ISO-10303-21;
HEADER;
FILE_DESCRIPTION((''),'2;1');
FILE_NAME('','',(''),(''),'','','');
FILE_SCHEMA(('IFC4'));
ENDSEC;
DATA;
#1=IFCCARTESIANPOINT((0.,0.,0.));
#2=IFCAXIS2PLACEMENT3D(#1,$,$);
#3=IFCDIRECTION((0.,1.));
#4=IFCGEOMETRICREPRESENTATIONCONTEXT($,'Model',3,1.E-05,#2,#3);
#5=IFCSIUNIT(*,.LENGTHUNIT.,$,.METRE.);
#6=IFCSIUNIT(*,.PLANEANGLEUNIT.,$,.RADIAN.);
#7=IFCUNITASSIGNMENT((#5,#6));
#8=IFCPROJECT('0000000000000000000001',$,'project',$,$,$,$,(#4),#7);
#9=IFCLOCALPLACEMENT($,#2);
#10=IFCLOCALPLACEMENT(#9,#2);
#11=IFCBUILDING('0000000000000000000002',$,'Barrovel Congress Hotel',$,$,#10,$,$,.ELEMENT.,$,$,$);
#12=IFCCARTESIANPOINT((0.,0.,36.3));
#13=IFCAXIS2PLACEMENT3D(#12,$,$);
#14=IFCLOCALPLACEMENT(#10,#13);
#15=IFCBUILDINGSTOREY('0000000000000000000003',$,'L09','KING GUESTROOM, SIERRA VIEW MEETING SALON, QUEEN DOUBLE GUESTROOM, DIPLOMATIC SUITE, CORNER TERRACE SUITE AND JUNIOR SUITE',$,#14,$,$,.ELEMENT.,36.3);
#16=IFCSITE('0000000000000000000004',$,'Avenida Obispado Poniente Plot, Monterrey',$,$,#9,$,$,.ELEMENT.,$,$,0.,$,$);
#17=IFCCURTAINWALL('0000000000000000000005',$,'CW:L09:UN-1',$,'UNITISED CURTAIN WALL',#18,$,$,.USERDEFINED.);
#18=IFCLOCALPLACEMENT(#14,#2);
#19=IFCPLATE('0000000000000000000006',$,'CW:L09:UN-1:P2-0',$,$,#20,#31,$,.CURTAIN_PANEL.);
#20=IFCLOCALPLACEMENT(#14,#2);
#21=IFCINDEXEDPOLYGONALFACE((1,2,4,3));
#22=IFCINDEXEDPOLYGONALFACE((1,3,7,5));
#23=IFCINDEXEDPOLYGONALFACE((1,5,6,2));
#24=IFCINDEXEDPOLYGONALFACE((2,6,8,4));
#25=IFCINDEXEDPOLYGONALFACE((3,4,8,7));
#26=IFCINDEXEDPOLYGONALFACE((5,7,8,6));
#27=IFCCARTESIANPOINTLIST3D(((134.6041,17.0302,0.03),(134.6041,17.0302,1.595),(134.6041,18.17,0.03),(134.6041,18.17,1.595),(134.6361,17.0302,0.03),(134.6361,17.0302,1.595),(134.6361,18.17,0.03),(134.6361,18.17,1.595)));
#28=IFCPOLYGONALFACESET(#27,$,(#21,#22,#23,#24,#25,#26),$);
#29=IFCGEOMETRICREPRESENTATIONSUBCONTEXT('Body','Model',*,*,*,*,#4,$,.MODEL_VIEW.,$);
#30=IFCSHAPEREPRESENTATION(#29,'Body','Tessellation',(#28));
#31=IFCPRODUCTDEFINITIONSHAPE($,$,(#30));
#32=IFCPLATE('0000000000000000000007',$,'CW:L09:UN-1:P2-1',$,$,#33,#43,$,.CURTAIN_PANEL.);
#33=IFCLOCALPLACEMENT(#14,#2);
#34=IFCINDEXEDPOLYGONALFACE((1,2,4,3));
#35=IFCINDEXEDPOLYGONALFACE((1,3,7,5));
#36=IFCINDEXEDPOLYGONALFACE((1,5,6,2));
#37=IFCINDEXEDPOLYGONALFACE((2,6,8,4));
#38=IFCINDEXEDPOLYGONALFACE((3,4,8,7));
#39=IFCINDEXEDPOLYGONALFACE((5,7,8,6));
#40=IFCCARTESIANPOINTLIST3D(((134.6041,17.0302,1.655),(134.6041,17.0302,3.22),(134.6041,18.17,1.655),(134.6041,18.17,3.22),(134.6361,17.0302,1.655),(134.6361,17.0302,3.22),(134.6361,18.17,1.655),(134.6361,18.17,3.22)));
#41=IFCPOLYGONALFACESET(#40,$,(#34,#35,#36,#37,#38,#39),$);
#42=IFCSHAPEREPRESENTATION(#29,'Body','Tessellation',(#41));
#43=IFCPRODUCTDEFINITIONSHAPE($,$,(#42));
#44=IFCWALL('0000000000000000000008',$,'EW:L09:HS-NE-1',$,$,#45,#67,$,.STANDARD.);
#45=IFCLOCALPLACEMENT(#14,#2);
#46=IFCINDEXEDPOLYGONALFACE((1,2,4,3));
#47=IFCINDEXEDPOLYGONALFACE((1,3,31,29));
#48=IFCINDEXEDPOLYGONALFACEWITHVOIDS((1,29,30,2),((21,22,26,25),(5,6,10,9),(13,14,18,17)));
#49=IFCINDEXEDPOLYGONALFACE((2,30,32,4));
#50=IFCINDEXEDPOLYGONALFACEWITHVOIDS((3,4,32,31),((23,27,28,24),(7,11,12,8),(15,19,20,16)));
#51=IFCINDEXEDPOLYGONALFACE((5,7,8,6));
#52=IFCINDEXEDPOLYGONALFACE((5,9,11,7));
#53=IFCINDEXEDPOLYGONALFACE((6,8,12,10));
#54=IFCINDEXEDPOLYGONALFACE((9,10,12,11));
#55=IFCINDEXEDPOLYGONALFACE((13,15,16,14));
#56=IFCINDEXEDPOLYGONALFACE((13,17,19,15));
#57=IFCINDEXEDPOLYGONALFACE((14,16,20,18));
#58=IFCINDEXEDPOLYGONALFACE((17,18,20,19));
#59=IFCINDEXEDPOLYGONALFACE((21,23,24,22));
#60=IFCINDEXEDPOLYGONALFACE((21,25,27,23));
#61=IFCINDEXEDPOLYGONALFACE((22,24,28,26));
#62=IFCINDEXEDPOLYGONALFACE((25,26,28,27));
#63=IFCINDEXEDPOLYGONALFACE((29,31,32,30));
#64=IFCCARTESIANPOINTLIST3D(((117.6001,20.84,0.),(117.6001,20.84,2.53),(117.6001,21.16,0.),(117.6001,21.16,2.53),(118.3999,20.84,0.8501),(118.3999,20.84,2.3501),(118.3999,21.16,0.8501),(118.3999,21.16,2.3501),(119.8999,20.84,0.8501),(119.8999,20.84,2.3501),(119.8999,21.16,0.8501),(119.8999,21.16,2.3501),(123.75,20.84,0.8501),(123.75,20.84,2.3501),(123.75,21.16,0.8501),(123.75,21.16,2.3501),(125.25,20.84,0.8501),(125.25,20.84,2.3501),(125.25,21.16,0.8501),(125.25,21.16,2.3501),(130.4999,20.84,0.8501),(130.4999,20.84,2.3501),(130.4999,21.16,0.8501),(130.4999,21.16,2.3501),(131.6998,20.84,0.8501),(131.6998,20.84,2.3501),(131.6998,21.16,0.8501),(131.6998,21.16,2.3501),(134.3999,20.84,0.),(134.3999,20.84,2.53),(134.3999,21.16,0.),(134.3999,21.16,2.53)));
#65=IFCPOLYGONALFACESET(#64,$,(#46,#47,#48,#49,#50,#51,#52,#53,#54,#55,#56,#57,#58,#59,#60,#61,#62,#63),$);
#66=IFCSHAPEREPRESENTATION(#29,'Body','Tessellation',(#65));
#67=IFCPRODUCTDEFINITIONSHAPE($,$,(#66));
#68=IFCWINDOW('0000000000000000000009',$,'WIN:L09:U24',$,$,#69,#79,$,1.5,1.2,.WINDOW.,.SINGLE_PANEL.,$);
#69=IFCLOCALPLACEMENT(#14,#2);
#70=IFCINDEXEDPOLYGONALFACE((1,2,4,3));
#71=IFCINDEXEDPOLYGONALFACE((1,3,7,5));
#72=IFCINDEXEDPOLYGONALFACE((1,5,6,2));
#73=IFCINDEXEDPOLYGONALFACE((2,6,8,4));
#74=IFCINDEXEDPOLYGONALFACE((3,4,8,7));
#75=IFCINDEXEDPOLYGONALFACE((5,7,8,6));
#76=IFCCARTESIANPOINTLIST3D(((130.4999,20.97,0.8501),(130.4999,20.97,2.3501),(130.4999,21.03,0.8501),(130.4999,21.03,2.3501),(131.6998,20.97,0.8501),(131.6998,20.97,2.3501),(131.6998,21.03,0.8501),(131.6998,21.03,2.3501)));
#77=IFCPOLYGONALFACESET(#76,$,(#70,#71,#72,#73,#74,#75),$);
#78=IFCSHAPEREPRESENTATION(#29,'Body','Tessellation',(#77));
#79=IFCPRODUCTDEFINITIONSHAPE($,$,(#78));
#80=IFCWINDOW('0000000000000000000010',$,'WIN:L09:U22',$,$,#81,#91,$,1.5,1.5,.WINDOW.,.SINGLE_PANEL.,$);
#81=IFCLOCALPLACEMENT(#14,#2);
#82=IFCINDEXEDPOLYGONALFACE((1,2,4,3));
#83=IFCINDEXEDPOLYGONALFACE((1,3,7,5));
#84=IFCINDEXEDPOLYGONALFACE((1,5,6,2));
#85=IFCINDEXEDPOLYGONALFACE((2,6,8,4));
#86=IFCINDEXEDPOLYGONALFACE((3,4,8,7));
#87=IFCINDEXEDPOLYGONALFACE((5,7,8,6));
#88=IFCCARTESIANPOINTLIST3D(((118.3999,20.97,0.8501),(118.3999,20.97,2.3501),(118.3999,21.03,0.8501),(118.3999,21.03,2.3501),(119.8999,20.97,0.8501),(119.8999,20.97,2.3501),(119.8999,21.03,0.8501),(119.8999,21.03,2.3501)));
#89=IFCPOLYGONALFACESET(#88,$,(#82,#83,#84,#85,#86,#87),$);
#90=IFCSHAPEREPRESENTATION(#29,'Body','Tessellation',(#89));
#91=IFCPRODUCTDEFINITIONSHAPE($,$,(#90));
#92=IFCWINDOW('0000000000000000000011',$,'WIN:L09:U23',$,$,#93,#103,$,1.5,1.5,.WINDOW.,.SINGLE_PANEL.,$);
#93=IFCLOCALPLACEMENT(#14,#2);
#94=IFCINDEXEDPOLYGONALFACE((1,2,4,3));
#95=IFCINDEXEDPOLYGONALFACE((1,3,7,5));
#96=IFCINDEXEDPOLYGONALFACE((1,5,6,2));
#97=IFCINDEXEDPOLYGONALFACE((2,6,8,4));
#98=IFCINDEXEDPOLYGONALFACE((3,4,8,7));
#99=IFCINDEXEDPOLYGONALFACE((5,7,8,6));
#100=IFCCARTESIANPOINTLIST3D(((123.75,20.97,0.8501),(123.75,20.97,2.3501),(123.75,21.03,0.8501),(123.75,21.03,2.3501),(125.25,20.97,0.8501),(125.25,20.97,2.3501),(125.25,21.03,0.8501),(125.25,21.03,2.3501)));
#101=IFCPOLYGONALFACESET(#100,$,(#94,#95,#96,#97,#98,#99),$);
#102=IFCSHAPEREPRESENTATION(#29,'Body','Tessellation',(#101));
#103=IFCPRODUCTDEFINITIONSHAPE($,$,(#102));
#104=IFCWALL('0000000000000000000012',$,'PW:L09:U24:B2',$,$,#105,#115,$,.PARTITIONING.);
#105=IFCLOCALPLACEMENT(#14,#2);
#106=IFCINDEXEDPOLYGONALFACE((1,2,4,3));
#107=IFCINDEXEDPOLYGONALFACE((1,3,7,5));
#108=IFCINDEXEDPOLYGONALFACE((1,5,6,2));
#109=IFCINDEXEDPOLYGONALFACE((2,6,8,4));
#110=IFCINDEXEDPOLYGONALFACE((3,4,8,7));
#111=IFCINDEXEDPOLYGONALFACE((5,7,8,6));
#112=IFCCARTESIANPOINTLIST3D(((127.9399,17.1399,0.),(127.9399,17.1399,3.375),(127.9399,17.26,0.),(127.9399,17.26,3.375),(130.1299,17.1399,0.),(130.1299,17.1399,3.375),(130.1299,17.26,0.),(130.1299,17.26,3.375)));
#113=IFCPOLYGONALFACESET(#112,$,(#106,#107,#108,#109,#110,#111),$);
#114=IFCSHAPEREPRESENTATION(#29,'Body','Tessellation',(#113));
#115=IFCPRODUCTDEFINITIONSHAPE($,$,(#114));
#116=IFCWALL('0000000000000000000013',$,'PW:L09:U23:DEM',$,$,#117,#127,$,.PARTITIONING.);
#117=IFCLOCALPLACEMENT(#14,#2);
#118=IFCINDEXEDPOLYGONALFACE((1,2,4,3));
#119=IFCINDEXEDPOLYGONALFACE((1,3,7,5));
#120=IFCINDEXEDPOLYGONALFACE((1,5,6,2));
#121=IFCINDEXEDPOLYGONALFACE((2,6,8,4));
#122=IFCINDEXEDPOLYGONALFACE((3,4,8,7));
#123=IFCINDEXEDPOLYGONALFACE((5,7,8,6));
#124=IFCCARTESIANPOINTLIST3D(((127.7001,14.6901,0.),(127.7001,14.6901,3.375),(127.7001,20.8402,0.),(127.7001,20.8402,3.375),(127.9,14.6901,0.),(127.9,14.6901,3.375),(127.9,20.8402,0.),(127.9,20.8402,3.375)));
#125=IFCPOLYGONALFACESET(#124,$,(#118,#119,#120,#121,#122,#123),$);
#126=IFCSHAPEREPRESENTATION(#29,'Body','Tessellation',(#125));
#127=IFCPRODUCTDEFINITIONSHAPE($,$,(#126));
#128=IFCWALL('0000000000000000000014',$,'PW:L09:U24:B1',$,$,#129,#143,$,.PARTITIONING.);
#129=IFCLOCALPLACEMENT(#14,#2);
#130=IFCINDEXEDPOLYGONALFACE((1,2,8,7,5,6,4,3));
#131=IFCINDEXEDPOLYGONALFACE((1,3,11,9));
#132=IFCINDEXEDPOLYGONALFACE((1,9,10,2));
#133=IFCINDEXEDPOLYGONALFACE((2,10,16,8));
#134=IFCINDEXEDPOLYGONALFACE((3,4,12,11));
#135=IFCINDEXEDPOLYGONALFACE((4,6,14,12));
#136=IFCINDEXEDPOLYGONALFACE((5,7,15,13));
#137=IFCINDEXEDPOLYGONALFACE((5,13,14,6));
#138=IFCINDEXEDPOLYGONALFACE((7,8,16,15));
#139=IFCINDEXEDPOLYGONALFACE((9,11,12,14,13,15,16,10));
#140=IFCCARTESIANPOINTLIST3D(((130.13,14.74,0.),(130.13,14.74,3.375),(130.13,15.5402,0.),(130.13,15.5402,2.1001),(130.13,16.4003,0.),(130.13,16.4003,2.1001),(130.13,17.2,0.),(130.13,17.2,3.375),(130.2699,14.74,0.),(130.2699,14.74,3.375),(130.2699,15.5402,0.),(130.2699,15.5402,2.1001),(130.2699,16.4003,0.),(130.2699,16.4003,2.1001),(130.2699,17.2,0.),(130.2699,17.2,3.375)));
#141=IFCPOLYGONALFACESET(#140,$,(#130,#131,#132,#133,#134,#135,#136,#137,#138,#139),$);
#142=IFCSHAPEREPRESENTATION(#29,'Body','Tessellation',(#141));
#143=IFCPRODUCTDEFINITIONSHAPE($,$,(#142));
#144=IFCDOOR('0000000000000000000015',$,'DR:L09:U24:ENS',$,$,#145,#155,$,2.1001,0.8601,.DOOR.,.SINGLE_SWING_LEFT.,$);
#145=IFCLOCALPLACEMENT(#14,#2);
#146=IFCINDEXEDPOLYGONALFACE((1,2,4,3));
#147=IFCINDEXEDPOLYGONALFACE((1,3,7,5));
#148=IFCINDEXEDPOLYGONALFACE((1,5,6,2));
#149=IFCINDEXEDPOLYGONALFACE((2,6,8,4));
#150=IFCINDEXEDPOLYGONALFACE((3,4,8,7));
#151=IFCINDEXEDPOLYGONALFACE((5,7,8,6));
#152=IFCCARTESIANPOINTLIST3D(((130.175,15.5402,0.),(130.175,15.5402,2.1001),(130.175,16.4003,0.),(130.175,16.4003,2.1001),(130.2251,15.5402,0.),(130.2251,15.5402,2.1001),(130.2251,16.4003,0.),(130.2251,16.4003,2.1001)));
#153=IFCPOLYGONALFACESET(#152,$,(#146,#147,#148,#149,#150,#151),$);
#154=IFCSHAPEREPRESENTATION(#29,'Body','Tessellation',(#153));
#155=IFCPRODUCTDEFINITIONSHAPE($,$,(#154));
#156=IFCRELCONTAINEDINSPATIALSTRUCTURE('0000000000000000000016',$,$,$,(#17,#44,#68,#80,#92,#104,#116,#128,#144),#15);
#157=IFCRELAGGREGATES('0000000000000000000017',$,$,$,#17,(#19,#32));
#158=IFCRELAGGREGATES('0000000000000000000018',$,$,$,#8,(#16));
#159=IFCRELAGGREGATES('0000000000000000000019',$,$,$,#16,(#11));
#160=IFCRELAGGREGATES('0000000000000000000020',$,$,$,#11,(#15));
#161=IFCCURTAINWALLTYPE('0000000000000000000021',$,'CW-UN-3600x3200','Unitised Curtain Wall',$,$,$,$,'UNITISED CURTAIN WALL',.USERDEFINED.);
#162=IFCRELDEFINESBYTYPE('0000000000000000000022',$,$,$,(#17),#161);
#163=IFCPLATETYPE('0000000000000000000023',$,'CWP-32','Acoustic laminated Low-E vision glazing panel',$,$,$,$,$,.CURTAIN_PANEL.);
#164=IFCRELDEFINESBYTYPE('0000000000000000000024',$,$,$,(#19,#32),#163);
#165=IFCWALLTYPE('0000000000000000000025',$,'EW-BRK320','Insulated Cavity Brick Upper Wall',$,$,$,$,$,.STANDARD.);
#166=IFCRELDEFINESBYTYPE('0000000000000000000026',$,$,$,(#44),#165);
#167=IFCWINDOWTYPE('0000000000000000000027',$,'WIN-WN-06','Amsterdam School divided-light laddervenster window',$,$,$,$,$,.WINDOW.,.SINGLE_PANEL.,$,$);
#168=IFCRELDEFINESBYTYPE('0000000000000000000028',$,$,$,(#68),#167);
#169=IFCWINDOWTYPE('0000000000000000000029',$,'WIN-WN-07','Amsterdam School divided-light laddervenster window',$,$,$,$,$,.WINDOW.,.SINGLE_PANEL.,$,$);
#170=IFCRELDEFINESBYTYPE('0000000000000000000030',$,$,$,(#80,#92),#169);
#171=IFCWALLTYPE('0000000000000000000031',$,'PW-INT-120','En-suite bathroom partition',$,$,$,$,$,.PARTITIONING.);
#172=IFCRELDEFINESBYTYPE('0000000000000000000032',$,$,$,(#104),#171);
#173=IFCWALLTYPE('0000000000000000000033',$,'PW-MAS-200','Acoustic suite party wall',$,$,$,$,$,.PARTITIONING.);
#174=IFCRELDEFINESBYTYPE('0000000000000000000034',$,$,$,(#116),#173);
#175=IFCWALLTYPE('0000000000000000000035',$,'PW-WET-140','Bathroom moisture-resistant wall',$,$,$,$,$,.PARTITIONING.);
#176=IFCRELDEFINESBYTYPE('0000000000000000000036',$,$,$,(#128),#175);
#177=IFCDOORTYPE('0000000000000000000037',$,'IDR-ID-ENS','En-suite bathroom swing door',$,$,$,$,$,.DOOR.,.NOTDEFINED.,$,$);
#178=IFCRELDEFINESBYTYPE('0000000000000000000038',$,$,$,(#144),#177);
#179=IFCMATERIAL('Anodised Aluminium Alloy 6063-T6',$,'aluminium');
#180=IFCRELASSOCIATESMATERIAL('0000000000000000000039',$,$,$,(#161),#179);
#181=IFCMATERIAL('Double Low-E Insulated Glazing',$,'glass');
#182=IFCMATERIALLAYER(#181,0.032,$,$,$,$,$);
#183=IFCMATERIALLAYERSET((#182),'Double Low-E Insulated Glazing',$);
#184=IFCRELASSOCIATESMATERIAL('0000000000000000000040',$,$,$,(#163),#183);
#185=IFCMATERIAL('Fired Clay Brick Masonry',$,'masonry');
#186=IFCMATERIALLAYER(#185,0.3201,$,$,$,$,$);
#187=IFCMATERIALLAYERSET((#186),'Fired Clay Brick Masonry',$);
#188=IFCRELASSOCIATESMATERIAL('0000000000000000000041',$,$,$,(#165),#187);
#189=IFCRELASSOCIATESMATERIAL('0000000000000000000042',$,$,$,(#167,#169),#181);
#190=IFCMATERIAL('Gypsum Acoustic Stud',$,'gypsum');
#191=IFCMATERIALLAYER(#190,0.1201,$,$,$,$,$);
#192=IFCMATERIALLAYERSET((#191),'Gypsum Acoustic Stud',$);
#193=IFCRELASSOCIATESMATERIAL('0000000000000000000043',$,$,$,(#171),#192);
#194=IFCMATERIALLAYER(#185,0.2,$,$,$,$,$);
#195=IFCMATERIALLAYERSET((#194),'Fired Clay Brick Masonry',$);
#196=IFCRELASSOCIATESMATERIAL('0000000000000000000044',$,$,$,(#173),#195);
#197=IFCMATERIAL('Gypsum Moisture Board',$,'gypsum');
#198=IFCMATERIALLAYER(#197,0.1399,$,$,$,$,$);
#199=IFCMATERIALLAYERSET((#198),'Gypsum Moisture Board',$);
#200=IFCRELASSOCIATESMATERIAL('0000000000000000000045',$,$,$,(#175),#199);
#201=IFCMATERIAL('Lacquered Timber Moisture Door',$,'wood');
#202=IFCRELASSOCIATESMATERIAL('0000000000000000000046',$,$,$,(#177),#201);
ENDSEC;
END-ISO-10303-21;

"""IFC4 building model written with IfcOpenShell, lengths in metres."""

from ifc_helpers import new_model, si_unit, direction, frame, frame_2d, origin, origin_2d, place, context, subcontext, project, spatial, rectangle, extrude, material, layer, layer_set, type_object, element, fill, aggregate, save


model = new_model("IFC4")

# Units and contexts
model_context = context("Model", 3, precision=1e-05, world=origin(), true_north=direction((0.0, 1.0)))
body_context = subcontext(model_context, "Body", "Model", "MODEL_VIEW")
ifc_project = project(units=[si_unit("LENGTHUNIT", "METRE"), si_unit("PLANEANGLEUNIT", "RADIAN")], contexts=[model_context])

# Site, building, storey
site_placement = place(None, origin())
site = spatial("IfcSite", under=ifc_project, at=site_placement, Name="Avenida Obispado Poniente Plot, Monterrey", CompositionType="ELEMENT", RefElevation=0.0)
building_placement = place(site_placement, origin())
building = spatial("IfcBuilding", under=site, at=building_placement, Name="Barrovel Congress Hotel", CompositionType="ELEMENT")
storey_placement = place(building_placement, frame((0.0, 0.0, 36.3)))
storey = spatial("IfcBuildingStorey", under=building, at=storey_placement, Name="L09", Description="KING GUESTROOM, SIERRA VIEW MEETING SALON, QUEEN DOUBLE GUESTROOM, DIPLOMATIC SUITE, CORNER TERRACE SUITE AND JUNIOR SUITE", CompositionType="ELEMENT", Elevation=36.3)

# Curtain wall
ifc_material_1 = material(Name="Anodised Aluminium Alloy 6063-T6", Category="aluminium")
curtain_wall_type = type_object("IfcCurtainWallType", Name="CW-UN-3600x3200", Description="Unitised Curtain Wall", ElementType="UNITISED CURTAIN WALL", PredefinedType="USERDEFINED", material=ifc_material_1)
curtain_wall_placement = place(storey_placement, origin())
curtain_wall = element("IfcCurtainWall", 1, at=curtain_wall_placement, inside=storey, type_object=curtain_wall_type, Name="CW:L09:UN-1", ObjectType="UNITISED CURTAIN WALL", PredefinedType="USERDEFINED")

# Plates
ifc_material_2 = material(Name="Double Low-E Insulated Glazing", Category="glass")
ifc_layer_1 = layer(ifc_material_2, 0.032)
ifc_layer_set_1 = layer_set([ifc_layer_1], Name="Double Low-E Insulated Glazing")
plate_type = type_object("IfcPlateType", Name="CWP-32", Description="Acoustic laminated Low-E vision glazing panel", PredefinedType="CURTAIN_PANEL", material=ifc_layer_set_1)
plate_1_placement = place(storey_placement, frame((134.6201, 17.6001, 0.03), z_axis=(0.0, 0.0, 1.0), x_axis=(0.0, 1.0, 0.0)))
plate_1 = element("IfcPlate", 2, at=plate_1_placement, type_object=plate_type, Name="CW:L09:UN-1:P2-0", PredefinedType="CURTAIN_PANEL", context=body_context, shape_type="SweptSolid", body=[
    extrude(rectangle(XDim=1.1399, YDim=0.032, at=origin_2d()), origin(), (0.0, 0.0, 1.0), 1.5649),
])
plate_2_placement = place(storey_placement, frame((134.6201, 17.6001, 1.655), z_axis=(0.0, 0.0, 1.0), x_axis=(0.0, 1.0, 0.0)))
plate_2 = element("IfcPlate", 3, at=plate_2_placement, type_object=plate_type, Name="CW:L09:UN-1:P2-1", PredefinedType="CURTAIN_PANEL", context=body_context, shape_type="SweptSolid", body=[
    extrude(rectangle(XDim=1.1399, YDim=0.032, at=origin_2d()), origin(), (0.0, 0.0, 1.0), 1.5649),
])
aggregate(curtain_wall, [plate_1, plate_2])

# Wall, openings, windows
ifc_material_3 = material(Name="Fired Clay Brick Masonry", Category="masonry")
ifc_layer_2 = layer(ifc_material_3, 0.3201)
ifc_layer_set_2 = layer_set([ifc_layer_2], Name="Fired Clay Brick Masonry")
wall_type_1 = type_object("IfcWallType", Name="EW-BRK320", Description="Insulated Cavity Brick Upper Wall", PredefinedType="STANDARD", material=ifc_layer_set_2)
wall_1_placement = place(storey_placement, frame((134.3999, 21.0, 0.0), z_axis=(0.0, 0.0, 1.0), x_axis=(-1.0, 0.0, 0.0)))
wall_1 = element("IfcWall", 4, at=wall_1_placement, inside=storey, type_object=wall_type_1, Name="EW:L09:HS-NE-1", PredefinedType="STANDARD", context=body_context, shape_type="SweptSolid", body=[
    extrude(rectangle(XDim=16.7998, YDim=0.3201, at=frame_2d((8.3999, 0.0))), origin(), (0.0, 0.0, 1.0), 2.53),
])
opening_1_placement = place(wall_1_placement, frame((14.5, 0.0, 0.8501)))
opening_1 = element("IfcOpeningElement", 5, at=opening_1_placement, cuts=wall_1, PredefinedType="OPENING", context=body_context, shape_type="SweptSolid", body=[
    extrude(rectangle(XDim=1.5, YDim=1.5, at=frame_2d((0.75, 0.75))), frame((0.0, 0.1699, 0.0), z_axis=(0.0, -1.0, 0.0), x_axis=(1.0, 0.0, 0.0)), (0.0, 0.0, 1.0), 0.3401),
])
opening_2_placement = place(wall_1_placement, frame((9.1499, 0.0, 0.8501)))
opening_2 = element("IfcOpeningElement", 6, at=opening_2_placement, cuts=wall_1, PredefinedType="OPENING", context=body_context, shape_type="SweptSolid", body=[
    extrude(rectangle(XDim=1.5, YDim=1.5, at=frame_2d((0.75, 0.75))), frame((0.0, 0.1699, 0.0), z_axis=(0.0, -1.0, 0.0), x_axis=(1.0, 0.0, 0.0)), (0.0, 0.0, 1.0), 0.3401),
])
opening_3_placement = place(wall_1_placement, frame((2.7, 0.0, 0.8501)))
opening_3 = element("IfcOpeningElement", 7, at=opening_3_placement, cuts=wall_1, PredefinedType="OPENING", context=body_context, shape_type="SweptSolid", body=[
    extrude(rectangle(XDim=1.2, YDim=1.5, at=frame_2d((0.6001, 0.75))), frame((0.0, 0.1699, 0.0), z_axis=(0.0, -1.0, 0.0), x_axis=(1.0, 0.0, 0.0)), (0.0, 0.0, 1.0), 0.3401),
])
window_type_1 = type_object("IfcWindowType", Name="WIN-WN-06", Description="Amsterdam School divided-light laddervenster window", PartitioningType="SINGLE_PANEL", PredefinedType="WINDOW", material=ifc_material_2)
window_1_placement = place(opening_3_placement, origin())
window_1 = element("IfcWindow", 8, at=window_1_placement, inside=storey, type_object=window_type_1, Name="WIN:L09:U24", OverallHeight=1.5, OverallWidth=1.2, PartitioningType="SINGLE_PANEL", PredefinedType="WINDOW", context=body_context, shape_type="SweptSolid", body=[
    extrude(rectangle(XDim=1.2, YDim=1.5, at=frame_2d((0.6001, 0.75))), frame((0.0, 0.03, 0.0), z_axis=(0.0, -1.0, 0.0), x_axis=(1.0, 0.0, 0.0)), (0.0, 0.0, 1.0), 0.0601),
])
fill(opening_3, window_1)
window_type_2 = type_object("IfcWindowType", Name="WIN-WN-07", Description="Amsterdam School divided-light laddervenster window", PartitioningType="SINGLE_PANEL", PredefinedType="WINDOW", material=ifc_material_2)
window_2_placement = place(opening_1_placement, origin())
window_2 = element("IfcWindow", 9, at=window_2_placement, inside=storey, type_object=window_type_2, Name="WIN:L09:U22", OverallHeight=1.5, OverallWidth=1.5, PartitioningType="SINGLE_PANEL", PredefinedType="WINDOW", context=body_context, shape_type="SweptSolid", body=[
    extrude(rectangle(XDim=1.5, YDim=1.5, at=frame_2d((0.75, 0.75))), frame((0.0, 0.03, 0.0), z_axis=(0.0, -1.0, 0.0), x_axis=(1.0, 0.0, 0.0)), (0.0, 0.0, 1.0), 0.0601),
])
fill(opening_1, window_2)
window_3_placement = place(opening_2_placement, origin())
window_3 = element("IfcWindow", 10, at=window_3_placement, inside=storey, type_object=window_type_2, Name="WIN:L09:U23", OverallHeight=1.5, OverallWidth=1.5, PartitioningType="SINGLE_PANEL", PredefinedType="WINDOW", context=body_context, shape_type="SweptSolid", body=[
    extrude(rectangle(XDim=1.5, YDim=1.5, at=frame_2d((0.75, 0.75))), frame((0.0, 0.03, 0.0), z_axis=(0.0, -1.0, 0.0), x_axis=(1.0, 0.0, 0.0)), (0.0, 0.0, 1.0), 0.0601),
])
fill(opening_2, window_3)

# Walls
ifc_material_4 = material(Name="Gypsum Acoustic Stud", Category="gypsum")
ifc_layer_3 = layer(ifc_material_4, 0.1201)
ifc_layer_set_3 = layer_set([ifc_layer_3], Name="Gypsum Acoustic Stud")
wall_type_2 = type_object("IfcWallType", Name="PW-INT-120", Description="En-suite bathroom partition", PredefinedType="PARTITIONING", material=ifc_layer_set_3)
wall_2_placement = place(storey_placement, frame((127.9399, 17.2, 0.0), z_axis=(0.0, 0.0, 1.0), x_axis=(1.0, 0.0, 0.0)))
element("IfcWall", 11, at=wall_2_placement, inside=storey, type_object=wall_type_2, Name="PW:L09:U24:B2", PredefinedType="PARTITIONING", context=body_context, shape_type="SweptSolid", body=[
    extrude(rectangle(XDim=2.1899, YDim=0.1201, at=frame_2d((1.095, 0.0))), origin(), (0.0, 0.0, 1.0), 3.375),
])
ifc_layer_4 = layer(ifc_material_3, 0.2)
ifc_layer_set_4 = layer_set([ifc_layer_4], Name="Fired Clay Brick Masonry")
wall_type_3 = type_object("IfcWallType", Name="PW-MAS-200", Description="Acoustic suite party wall", PredefinedType="PARTITIONING", material=ifc_layer_set_4)
wall_3_placement = place(storey_placement, frame((127.8, 14.6899, 0.0), z_axis=(0.0, 0.0, 1.0), x_axis=(0.0, 1.0, 0.0)))
element("IfcWall", 12, at=wall_3_placement, inside=storey, type_object=wall_type_3, Name="PW:L09:U23:DEM", PredefinedType="PARTITIONING", context=body_context, shape_type="SweptSolid", body=[
    extrude(rectangle(XDim=6.1501, YDim=0.2, at=frame_2d((3.0752, 0.0))), origin(), (0.0, 0.0, 1.0), 3.375),
])

# Wall, opening, door
ifc_material_5 = material(Name="Gypsum Moisture Board", Category="gypsum")
ifc_layer_5 = layer(ifc_material_5, 0.1399)
ifc_layer_set_5 = layer_set([ifc_layer_5], Name="Gypsum Moisture Board")
wall_type_4 = type_object("IfcWallType", Name="PW-WET-140", Description="Bathroom moisture-resistant wall", PredefinedType="PARTITIONING", material=ifc_layer_set_5)
wall_4_placement = place(storey_placement, frame((130.2, 14.74, 0.0), z_axis=(0.0, 0.0, 1.0), x_axis=(0.0, 1.0, 0.0)))
wall_4 = element("IfcWall", 13, at=wall_4_placement, inside=storey, type_object=wall_type_4, Name="PW:L09:U24:B1", PredefinedType="PARTITIONING", context=body_context, shape_type="SweptSolid", body=[
    extrude(rectangle(XDim=2.46, YDim=0.1399, at=frame_2d((1.23, 0.0))), origin(), (0.0, 0.0, 1.0), 3.375),
])
opening_4_placement = place(wall_4_placement, frame((0.8, 0.0, 0.0)))
opening_4 = element("IfcOpeningElement", 14, at=opening_4_placement, cuts=wall_4, PredefinedType="OPENING", context=body_context, shape_type="SweptSolid", body=[
    extrude(rectangle(XDim=0.8601, YDim=2.1001, at=frame_2d((0.4302, 1.05))), frame((0.0, 0.0801, 0.0), z_axis=(0.0, -1.0, 0.0), x_axis=(1.0, 0.0, 0.0)), (0.0, 0.0, 1.0), 0.1599),
])
ifc_material_6 = material(Name="Lacquered Timber Moisture Door", Category="wood")
door_type = type_object("IfcDoorType", Name="IDR-ID-ENS", Description="En-suite bathroom swing door", OperationType="NOTDEFINED", PredefinedType="DOOR", material=ifc_material_6)
door_placement = place(opening_4_placement, origin())
door = element("IfcDoor", 15, at=door_placement, inside=storey, type_object=door_type, Name="DR:L09:U24:ENS", OperationType="SINGLE_SWING_LEFT", OverallHeight=2.1001, OverallWidth=0.8601, PredefinedType="DOOR", context=body_context, shape_type="SweptSolid", body=[
    extrude(rectangle(XDim=0.8601, YDim=2.1001, at=frame_2d((0.4302, 1.05))), frame((0.0, 0.0249, 0.0), z_axis=(0.0, -1.0, 0.0), x_axis=(1.0, 0.0, 0.0)), (0.0, 0.0, 1.0), 0.05),
])
fill(opening_4, door)

save(model, "model.ifc")
